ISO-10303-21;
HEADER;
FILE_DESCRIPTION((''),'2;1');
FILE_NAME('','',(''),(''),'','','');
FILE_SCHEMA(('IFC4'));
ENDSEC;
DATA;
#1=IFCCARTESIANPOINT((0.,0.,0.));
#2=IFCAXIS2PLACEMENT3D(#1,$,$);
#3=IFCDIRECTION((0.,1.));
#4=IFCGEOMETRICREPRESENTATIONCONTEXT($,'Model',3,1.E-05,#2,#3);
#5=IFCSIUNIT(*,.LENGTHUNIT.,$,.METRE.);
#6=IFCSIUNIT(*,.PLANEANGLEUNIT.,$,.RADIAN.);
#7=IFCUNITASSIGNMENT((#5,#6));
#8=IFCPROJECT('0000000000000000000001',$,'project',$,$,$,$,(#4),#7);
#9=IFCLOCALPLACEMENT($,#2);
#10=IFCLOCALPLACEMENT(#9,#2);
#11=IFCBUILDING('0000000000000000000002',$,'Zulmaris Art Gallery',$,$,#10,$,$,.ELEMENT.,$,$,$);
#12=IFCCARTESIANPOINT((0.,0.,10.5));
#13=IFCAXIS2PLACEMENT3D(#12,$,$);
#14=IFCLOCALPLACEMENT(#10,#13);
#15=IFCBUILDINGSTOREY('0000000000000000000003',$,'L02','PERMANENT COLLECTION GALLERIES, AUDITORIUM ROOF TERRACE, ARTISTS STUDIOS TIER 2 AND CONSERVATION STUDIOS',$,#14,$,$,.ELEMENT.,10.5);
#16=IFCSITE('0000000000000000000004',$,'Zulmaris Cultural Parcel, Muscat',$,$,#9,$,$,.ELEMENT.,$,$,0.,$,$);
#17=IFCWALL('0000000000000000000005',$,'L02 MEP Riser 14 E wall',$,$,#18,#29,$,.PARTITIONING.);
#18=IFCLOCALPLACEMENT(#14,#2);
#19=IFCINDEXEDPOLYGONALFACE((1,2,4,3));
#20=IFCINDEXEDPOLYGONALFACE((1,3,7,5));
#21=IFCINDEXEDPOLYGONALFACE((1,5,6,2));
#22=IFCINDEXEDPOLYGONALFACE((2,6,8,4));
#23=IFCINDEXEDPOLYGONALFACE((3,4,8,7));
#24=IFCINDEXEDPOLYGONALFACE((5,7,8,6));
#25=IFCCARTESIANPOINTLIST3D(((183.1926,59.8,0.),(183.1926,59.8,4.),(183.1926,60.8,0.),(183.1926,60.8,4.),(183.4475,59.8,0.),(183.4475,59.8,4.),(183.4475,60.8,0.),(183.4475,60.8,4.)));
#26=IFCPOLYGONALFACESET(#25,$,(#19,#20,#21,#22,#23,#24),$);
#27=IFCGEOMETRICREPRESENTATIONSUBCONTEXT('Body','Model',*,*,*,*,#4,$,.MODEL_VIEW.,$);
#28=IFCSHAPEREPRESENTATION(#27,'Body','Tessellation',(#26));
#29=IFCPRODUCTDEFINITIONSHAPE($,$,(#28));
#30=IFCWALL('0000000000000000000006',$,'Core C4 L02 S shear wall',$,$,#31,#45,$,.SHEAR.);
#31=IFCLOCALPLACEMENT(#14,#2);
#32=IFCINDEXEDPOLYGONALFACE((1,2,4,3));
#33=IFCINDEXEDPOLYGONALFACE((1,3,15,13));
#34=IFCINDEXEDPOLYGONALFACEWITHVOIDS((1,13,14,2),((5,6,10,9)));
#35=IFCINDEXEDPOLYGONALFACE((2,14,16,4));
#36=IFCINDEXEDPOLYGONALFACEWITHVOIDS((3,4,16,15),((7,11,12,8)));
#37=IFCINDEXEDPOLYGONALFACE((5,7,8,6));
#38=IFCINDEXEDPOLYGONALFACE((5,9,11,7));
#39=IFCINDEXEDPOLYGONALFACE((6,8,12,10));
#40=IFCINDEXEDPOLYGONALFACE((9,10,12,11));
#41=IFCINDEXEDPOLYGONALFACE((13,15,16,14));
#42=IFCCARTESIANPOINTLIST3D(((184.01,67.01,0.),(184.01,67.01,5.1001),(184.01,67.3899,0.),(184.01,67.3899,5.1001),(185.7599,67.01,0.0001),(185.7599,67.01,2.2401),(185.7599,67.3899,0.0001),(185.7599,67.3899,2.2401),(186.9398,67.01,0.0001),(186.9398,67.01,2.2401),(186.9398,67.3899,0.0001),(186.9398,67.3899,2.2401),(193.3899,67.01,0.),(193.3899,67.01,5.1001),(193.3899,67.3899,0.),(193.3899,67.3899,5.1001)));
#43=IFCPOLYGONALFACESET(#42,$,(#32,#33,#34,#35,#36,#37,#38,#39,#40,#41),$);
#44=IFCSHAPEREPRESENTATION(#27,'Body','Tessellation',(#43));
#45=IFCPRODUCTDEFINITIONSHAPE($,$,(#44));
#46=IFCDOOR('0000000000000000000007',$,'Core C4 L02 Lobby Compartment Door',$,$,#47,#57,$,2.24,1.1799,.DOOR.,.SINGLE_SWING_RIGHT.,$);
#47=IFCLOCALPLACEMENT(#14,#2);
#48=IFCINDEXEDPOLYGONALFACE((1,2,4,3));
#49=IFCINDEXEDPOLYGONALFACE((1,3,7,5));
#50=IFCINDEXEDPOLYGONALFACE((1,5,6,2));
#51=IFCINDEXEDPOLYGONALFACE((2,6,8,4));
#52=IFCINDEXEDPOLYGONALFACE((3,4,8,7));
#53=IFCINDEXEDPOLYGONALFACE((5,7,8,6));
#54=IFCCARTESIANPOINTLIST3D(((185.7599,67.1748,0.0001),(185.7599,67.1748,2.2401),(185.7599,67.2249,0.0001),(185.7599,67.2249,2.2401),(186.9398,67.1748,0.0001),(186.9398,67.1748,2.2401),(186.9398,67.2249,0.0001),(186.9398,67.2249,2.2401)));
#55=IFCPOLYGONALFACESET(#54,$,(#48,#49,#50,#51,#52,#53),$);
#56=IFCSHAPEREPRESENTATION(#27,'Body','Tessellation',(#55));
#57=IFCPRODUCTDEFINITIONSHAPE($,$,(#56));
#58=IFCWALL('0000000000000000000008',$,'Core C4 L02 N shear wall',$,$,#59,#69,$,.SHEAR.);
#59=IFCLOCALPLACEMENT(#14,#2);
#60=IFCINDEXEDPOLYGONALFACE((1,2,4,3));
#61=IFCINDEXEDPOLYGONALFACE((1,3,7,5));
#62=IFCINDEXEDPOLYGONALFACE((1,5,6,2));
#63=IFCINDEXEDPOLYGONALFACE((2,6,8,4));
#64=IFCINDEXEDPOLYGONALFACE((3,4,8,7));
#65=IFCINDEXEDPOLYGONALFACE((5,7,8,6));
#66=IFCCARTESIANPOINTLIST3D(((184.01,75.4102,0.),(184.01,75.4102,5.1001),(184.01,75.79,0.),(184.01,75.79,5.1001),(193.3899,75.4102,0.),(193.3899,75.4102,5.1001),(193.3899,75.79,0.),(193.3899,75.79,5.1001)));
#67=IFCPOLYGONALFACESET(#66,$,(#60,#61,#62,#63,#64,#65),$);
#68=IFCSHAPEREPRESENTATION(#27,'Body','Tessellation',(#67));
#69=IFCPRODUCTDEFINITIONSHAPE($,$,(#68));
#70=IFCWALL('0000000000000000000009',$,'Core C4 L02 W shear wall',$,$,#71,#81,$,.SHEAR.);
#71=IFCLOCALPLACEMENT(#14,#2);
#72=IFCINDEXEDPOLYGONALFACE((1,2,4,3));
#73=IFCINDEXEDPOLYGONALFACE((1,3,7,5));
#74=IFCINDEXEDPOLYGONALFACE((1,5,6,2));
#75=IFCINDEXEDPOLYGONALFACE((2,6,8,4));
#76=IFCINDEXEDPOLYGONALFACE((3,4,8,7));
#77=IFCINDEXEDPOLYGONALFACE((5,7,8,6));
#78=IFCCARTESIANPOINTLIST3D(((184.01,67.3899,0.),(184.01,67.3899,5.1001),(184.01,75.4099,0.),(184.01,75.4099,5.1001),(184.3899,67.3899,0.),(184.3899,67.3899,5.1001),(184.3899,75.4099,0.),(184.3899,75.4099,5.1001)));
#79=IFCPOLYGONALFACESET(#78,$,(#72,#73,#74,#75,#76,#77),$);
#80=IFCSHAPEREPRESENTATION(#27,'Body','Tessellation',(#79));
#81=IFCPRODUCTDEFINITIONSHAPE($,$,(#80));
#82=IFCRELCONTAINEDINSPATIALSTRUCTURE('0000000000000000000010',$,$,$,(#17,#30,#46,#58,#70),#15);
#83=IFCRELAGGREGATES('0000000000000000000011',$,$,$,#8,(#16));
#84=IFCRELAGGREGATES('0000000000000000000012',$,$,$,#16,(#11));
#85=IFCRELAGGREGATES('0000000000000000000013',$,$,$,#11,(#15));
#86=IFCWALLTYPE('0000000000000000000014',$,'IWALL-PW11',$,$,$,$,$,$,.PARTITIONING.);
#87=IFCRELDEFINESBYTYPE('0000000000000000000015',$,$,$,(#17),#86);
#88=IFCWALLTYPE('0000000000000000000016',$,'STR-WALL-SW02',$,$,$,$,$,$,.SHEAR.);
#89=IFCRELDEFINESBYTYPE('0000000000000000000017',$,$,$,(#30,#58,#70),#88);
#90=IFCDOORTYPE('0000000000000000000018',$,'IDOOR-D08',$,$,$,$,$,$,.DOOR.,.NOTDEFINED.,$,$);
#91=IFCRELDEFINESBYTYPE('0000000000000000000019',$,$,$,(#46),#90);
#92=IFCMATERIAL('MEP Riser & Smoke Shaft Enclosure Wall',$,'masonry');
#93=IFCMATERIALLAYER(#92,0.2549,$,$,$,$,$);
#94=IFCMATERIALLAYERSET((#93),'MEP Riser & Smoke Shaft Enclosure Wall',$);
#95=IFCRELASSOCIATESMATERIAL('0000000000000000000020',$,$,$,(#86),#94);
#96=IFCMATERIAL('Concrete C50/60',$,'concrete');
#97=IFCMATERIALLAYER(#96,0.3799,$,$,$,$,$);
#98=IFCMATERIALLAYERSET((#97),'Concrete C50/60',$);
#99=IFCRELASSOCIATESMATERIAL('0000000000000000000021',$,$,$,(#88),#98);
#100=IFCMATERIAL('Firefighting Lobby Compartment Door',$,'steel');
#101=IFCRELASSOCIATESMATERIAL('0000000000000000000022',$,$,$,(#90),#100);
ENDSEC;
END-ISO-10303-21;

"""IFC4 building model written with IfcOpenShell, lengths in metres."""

from ifc_helpers import new_model, si_unit, direction, frame, frame_2d, origin, place, context, subcontext, project, spatial, rectangle, extrude, material, layer, layer_set, type_object, element, fill, save


model = new_model("IFC4")

# Units and contexts
model_context = context("Model", 3, precision=1e-05, world=origin(), true_north=direction((0.0, 1.0)))
body_context = subcontext(model_context, "Body", "Model", "MODEL_VIEW")
ifc_project = project(units=[si_unit("LENGTHUNIT", "METRE"), si_unit("PLANEANGLEUNIT", "RADIAN")], contexts=[model_context])

# Site, building, storey
site_placement = place(None, origin())
site = spatial("IfcSite", under=ifc_project, at=site_placement, Name="Zulmaris Cultural Parcel, Muscat", CompositionType="ELEMENT", RefElevation=0.0)
building_placement = place(site_placement, origin())
building = spatial("IfcBuilding", under=site, at=building_placement, Name="Zulmaris Art Gallery", CompositionType="ELEMENT")
storey_placement = place(building_placement, frame((0.0, 0.0, 10.5)))
storey = spatial("IfcBuildingStorey", under=building, at=storey_placement, Name="L02", Description="PERMANENT COLLECTION GALLERIES, AUDITORIUM ROOF TERRACE, ARTISTS STUDIOS TIER 2 AND CONSERVATION STUDIOS", CompositionType="ELEMENT", Elevation=10.5)

# Wall
ifc_material_1 = material(Name="MEP Riser & Smoke Shaft Enclosure Wall", Category="masonry")
ifc_layer_1 = layer(ifc_material_1, 0.2549)
ifc_layer_set_1 = layer_set([ifc_layer_1], Name="MEP Riser & Smoke Shaft Enclosure Wall")
wall_type_1 = type_object("IfcWallType", Name="IWALL-PW11", PredefinedType="PARTITIONING", material=ifc_layer_set_1)
wall_1_placement = place(storey_placement, frame((183.3201, 59.8, 0.0), z_axis=(0.0, 0.0, 1.0), x_axis=(0.0, 1.0, 0.0)))
element("IfcWall", 1, at=wall_1_placement, inside=storey, type_object=wall_type_1, Name="L02 MEP Riser 14 E wall", PredefinedType="PARTITIONING", context=body_context, shape_type="SweptSolid", body=[
    extrude(rectangle(XDim=1.0, YDim=0.2549, at=frame_2d((0.5, 0.0))), origin(), (0.0, 0.0, 1.0), 4.0),
])

# Wall, opening, door
ifc_material_2 = material(Name="Concrete C50/60", Category="concrete")
ifc_layer_2 = layer(ifc_material_2, 0.3799)
ifc_layer_set_2 = layer_set([ifc_layer_2], Name="Concrete C50/60")
wall_type_2 = type_object("IfcWallType", Name="STR-WALL-SW02", PredefinedType="SHEAR", material=ifc_layer_set_2)
wall_2_placement = place(storey_placement, frame((184.01, 67.2, 0.0), z_axis=(0.0, 0.0, 1.0), x_axis=(1.0, 0.0, 0.0)))
wall_2 = element("IfcWall", 2, at=wall_2_placement, inside=storey, type_object=wall_type_2, Name="Core C4 L02 S shear wall", PredefinedType="SHEAR", context=body_context, shape_type="SweptSolid", body=[
    extrude(rectangle(XDim=9.3799, YDim=0.3799, at=frame_2d((4.6899, 0.0))), origin(), (0.0, 0.0, 1.0), 5.1001),
])
opening_1_placement = place(wall_2_placement, frame((1.75, 0.0, 0.0)))
opening_1 = element("IfcOpeningElement", 3, at=opening_1_placement, cuts=wall_2, PredefinedType="OPENING", context=body_context, shape_type="SweptSolid", body=[
    extrude(rectangle(XDim=1.1799, YDim=2.24, at=frame_2d((0.5898, 1.1201))), frame((0.0, 0.2, 0.0), z_axis=(0.0, -1.0, 0.0), x_axis=(1.0, 0.0, 0.0)), (0.0, 0.0, 1.0), 0.3999),
])
ifc_material_3 = material(Name="Firefighting Lobby Compartment Door", Category="steel")
door_type = type_object("IfcDoorType", Name="IDOOR-D08", OperationType="NOTDEFINED", PredefinedType="DOOR", material=ifc_material_3)
door_placement = place(opening_1_placement, origin())
door = element("IfcDoor", 4, at=door_placement, inside=storey, type_object=door_type, Name="Core C4 L02 Lobby Compartment Door", OperationType="SINGLE_SWING_RIGHT", OverallHeight=2.24, OverallWidth=1.1799, PredefinedType="DOOR", context=body_context, shape_type="SweptSolid", body=[
    extrude(rectangle(XDim=1.1799, YDim=2.24, at=frame_2d((0.5898, 1.1201))), frame((0.0, 0.0249, 0.0), z_axis=(0.0, -1.0, 0.0), x_axis=(1.0, 0.0, 0.0)), (0.0, 0.0, 1.0), 0.05),
])
fill(opening_1, door)

# Walls
wall_3_placement = place(storey_placement, frame((184.01, 75.6001, 0.0), z_axis=(0.0, 0.0, 1.0), x_axis=(1.0, 0.0, 0.0)))
element("IfcWall", 5, at=wall_3_placement, inside=storey, type_object=wall_type_2, Name="Core C4 L02 N shear wall", PredefinedType="SHEAR", context=body_context, shape_type="SweptSolid", body=[
    extrude(rectangle(XDim=9.3799, YDim=0.3799, at=frame_2d((4.6899, 0.0))), origin(), (0.0, 0.0, 1.0), 5.1001),
])
wall_4_placement = place(storey_placement, frame((184.2, 67.3899, 0.0), z_axis=(0.0, 0.0, 1.0), x_axis=(0.0, 1.0, 0.0)))
element("IfcWall", 6, at=wall_4_placement, inside=storey, type_object=wall_type_2, Name="Core C4 L02 W shear wall", PredefinedType="SHEAR", context=body_context, shape_type="SweptSolid", body=[
    extrude(rectangle(XDim=8.02, YDim=0.3799, at=frame_2d((4.01, 0.0))), origin(), (0.0, 0.0, 1.0), 5.1001),
])

save(model, "model.ifc")
